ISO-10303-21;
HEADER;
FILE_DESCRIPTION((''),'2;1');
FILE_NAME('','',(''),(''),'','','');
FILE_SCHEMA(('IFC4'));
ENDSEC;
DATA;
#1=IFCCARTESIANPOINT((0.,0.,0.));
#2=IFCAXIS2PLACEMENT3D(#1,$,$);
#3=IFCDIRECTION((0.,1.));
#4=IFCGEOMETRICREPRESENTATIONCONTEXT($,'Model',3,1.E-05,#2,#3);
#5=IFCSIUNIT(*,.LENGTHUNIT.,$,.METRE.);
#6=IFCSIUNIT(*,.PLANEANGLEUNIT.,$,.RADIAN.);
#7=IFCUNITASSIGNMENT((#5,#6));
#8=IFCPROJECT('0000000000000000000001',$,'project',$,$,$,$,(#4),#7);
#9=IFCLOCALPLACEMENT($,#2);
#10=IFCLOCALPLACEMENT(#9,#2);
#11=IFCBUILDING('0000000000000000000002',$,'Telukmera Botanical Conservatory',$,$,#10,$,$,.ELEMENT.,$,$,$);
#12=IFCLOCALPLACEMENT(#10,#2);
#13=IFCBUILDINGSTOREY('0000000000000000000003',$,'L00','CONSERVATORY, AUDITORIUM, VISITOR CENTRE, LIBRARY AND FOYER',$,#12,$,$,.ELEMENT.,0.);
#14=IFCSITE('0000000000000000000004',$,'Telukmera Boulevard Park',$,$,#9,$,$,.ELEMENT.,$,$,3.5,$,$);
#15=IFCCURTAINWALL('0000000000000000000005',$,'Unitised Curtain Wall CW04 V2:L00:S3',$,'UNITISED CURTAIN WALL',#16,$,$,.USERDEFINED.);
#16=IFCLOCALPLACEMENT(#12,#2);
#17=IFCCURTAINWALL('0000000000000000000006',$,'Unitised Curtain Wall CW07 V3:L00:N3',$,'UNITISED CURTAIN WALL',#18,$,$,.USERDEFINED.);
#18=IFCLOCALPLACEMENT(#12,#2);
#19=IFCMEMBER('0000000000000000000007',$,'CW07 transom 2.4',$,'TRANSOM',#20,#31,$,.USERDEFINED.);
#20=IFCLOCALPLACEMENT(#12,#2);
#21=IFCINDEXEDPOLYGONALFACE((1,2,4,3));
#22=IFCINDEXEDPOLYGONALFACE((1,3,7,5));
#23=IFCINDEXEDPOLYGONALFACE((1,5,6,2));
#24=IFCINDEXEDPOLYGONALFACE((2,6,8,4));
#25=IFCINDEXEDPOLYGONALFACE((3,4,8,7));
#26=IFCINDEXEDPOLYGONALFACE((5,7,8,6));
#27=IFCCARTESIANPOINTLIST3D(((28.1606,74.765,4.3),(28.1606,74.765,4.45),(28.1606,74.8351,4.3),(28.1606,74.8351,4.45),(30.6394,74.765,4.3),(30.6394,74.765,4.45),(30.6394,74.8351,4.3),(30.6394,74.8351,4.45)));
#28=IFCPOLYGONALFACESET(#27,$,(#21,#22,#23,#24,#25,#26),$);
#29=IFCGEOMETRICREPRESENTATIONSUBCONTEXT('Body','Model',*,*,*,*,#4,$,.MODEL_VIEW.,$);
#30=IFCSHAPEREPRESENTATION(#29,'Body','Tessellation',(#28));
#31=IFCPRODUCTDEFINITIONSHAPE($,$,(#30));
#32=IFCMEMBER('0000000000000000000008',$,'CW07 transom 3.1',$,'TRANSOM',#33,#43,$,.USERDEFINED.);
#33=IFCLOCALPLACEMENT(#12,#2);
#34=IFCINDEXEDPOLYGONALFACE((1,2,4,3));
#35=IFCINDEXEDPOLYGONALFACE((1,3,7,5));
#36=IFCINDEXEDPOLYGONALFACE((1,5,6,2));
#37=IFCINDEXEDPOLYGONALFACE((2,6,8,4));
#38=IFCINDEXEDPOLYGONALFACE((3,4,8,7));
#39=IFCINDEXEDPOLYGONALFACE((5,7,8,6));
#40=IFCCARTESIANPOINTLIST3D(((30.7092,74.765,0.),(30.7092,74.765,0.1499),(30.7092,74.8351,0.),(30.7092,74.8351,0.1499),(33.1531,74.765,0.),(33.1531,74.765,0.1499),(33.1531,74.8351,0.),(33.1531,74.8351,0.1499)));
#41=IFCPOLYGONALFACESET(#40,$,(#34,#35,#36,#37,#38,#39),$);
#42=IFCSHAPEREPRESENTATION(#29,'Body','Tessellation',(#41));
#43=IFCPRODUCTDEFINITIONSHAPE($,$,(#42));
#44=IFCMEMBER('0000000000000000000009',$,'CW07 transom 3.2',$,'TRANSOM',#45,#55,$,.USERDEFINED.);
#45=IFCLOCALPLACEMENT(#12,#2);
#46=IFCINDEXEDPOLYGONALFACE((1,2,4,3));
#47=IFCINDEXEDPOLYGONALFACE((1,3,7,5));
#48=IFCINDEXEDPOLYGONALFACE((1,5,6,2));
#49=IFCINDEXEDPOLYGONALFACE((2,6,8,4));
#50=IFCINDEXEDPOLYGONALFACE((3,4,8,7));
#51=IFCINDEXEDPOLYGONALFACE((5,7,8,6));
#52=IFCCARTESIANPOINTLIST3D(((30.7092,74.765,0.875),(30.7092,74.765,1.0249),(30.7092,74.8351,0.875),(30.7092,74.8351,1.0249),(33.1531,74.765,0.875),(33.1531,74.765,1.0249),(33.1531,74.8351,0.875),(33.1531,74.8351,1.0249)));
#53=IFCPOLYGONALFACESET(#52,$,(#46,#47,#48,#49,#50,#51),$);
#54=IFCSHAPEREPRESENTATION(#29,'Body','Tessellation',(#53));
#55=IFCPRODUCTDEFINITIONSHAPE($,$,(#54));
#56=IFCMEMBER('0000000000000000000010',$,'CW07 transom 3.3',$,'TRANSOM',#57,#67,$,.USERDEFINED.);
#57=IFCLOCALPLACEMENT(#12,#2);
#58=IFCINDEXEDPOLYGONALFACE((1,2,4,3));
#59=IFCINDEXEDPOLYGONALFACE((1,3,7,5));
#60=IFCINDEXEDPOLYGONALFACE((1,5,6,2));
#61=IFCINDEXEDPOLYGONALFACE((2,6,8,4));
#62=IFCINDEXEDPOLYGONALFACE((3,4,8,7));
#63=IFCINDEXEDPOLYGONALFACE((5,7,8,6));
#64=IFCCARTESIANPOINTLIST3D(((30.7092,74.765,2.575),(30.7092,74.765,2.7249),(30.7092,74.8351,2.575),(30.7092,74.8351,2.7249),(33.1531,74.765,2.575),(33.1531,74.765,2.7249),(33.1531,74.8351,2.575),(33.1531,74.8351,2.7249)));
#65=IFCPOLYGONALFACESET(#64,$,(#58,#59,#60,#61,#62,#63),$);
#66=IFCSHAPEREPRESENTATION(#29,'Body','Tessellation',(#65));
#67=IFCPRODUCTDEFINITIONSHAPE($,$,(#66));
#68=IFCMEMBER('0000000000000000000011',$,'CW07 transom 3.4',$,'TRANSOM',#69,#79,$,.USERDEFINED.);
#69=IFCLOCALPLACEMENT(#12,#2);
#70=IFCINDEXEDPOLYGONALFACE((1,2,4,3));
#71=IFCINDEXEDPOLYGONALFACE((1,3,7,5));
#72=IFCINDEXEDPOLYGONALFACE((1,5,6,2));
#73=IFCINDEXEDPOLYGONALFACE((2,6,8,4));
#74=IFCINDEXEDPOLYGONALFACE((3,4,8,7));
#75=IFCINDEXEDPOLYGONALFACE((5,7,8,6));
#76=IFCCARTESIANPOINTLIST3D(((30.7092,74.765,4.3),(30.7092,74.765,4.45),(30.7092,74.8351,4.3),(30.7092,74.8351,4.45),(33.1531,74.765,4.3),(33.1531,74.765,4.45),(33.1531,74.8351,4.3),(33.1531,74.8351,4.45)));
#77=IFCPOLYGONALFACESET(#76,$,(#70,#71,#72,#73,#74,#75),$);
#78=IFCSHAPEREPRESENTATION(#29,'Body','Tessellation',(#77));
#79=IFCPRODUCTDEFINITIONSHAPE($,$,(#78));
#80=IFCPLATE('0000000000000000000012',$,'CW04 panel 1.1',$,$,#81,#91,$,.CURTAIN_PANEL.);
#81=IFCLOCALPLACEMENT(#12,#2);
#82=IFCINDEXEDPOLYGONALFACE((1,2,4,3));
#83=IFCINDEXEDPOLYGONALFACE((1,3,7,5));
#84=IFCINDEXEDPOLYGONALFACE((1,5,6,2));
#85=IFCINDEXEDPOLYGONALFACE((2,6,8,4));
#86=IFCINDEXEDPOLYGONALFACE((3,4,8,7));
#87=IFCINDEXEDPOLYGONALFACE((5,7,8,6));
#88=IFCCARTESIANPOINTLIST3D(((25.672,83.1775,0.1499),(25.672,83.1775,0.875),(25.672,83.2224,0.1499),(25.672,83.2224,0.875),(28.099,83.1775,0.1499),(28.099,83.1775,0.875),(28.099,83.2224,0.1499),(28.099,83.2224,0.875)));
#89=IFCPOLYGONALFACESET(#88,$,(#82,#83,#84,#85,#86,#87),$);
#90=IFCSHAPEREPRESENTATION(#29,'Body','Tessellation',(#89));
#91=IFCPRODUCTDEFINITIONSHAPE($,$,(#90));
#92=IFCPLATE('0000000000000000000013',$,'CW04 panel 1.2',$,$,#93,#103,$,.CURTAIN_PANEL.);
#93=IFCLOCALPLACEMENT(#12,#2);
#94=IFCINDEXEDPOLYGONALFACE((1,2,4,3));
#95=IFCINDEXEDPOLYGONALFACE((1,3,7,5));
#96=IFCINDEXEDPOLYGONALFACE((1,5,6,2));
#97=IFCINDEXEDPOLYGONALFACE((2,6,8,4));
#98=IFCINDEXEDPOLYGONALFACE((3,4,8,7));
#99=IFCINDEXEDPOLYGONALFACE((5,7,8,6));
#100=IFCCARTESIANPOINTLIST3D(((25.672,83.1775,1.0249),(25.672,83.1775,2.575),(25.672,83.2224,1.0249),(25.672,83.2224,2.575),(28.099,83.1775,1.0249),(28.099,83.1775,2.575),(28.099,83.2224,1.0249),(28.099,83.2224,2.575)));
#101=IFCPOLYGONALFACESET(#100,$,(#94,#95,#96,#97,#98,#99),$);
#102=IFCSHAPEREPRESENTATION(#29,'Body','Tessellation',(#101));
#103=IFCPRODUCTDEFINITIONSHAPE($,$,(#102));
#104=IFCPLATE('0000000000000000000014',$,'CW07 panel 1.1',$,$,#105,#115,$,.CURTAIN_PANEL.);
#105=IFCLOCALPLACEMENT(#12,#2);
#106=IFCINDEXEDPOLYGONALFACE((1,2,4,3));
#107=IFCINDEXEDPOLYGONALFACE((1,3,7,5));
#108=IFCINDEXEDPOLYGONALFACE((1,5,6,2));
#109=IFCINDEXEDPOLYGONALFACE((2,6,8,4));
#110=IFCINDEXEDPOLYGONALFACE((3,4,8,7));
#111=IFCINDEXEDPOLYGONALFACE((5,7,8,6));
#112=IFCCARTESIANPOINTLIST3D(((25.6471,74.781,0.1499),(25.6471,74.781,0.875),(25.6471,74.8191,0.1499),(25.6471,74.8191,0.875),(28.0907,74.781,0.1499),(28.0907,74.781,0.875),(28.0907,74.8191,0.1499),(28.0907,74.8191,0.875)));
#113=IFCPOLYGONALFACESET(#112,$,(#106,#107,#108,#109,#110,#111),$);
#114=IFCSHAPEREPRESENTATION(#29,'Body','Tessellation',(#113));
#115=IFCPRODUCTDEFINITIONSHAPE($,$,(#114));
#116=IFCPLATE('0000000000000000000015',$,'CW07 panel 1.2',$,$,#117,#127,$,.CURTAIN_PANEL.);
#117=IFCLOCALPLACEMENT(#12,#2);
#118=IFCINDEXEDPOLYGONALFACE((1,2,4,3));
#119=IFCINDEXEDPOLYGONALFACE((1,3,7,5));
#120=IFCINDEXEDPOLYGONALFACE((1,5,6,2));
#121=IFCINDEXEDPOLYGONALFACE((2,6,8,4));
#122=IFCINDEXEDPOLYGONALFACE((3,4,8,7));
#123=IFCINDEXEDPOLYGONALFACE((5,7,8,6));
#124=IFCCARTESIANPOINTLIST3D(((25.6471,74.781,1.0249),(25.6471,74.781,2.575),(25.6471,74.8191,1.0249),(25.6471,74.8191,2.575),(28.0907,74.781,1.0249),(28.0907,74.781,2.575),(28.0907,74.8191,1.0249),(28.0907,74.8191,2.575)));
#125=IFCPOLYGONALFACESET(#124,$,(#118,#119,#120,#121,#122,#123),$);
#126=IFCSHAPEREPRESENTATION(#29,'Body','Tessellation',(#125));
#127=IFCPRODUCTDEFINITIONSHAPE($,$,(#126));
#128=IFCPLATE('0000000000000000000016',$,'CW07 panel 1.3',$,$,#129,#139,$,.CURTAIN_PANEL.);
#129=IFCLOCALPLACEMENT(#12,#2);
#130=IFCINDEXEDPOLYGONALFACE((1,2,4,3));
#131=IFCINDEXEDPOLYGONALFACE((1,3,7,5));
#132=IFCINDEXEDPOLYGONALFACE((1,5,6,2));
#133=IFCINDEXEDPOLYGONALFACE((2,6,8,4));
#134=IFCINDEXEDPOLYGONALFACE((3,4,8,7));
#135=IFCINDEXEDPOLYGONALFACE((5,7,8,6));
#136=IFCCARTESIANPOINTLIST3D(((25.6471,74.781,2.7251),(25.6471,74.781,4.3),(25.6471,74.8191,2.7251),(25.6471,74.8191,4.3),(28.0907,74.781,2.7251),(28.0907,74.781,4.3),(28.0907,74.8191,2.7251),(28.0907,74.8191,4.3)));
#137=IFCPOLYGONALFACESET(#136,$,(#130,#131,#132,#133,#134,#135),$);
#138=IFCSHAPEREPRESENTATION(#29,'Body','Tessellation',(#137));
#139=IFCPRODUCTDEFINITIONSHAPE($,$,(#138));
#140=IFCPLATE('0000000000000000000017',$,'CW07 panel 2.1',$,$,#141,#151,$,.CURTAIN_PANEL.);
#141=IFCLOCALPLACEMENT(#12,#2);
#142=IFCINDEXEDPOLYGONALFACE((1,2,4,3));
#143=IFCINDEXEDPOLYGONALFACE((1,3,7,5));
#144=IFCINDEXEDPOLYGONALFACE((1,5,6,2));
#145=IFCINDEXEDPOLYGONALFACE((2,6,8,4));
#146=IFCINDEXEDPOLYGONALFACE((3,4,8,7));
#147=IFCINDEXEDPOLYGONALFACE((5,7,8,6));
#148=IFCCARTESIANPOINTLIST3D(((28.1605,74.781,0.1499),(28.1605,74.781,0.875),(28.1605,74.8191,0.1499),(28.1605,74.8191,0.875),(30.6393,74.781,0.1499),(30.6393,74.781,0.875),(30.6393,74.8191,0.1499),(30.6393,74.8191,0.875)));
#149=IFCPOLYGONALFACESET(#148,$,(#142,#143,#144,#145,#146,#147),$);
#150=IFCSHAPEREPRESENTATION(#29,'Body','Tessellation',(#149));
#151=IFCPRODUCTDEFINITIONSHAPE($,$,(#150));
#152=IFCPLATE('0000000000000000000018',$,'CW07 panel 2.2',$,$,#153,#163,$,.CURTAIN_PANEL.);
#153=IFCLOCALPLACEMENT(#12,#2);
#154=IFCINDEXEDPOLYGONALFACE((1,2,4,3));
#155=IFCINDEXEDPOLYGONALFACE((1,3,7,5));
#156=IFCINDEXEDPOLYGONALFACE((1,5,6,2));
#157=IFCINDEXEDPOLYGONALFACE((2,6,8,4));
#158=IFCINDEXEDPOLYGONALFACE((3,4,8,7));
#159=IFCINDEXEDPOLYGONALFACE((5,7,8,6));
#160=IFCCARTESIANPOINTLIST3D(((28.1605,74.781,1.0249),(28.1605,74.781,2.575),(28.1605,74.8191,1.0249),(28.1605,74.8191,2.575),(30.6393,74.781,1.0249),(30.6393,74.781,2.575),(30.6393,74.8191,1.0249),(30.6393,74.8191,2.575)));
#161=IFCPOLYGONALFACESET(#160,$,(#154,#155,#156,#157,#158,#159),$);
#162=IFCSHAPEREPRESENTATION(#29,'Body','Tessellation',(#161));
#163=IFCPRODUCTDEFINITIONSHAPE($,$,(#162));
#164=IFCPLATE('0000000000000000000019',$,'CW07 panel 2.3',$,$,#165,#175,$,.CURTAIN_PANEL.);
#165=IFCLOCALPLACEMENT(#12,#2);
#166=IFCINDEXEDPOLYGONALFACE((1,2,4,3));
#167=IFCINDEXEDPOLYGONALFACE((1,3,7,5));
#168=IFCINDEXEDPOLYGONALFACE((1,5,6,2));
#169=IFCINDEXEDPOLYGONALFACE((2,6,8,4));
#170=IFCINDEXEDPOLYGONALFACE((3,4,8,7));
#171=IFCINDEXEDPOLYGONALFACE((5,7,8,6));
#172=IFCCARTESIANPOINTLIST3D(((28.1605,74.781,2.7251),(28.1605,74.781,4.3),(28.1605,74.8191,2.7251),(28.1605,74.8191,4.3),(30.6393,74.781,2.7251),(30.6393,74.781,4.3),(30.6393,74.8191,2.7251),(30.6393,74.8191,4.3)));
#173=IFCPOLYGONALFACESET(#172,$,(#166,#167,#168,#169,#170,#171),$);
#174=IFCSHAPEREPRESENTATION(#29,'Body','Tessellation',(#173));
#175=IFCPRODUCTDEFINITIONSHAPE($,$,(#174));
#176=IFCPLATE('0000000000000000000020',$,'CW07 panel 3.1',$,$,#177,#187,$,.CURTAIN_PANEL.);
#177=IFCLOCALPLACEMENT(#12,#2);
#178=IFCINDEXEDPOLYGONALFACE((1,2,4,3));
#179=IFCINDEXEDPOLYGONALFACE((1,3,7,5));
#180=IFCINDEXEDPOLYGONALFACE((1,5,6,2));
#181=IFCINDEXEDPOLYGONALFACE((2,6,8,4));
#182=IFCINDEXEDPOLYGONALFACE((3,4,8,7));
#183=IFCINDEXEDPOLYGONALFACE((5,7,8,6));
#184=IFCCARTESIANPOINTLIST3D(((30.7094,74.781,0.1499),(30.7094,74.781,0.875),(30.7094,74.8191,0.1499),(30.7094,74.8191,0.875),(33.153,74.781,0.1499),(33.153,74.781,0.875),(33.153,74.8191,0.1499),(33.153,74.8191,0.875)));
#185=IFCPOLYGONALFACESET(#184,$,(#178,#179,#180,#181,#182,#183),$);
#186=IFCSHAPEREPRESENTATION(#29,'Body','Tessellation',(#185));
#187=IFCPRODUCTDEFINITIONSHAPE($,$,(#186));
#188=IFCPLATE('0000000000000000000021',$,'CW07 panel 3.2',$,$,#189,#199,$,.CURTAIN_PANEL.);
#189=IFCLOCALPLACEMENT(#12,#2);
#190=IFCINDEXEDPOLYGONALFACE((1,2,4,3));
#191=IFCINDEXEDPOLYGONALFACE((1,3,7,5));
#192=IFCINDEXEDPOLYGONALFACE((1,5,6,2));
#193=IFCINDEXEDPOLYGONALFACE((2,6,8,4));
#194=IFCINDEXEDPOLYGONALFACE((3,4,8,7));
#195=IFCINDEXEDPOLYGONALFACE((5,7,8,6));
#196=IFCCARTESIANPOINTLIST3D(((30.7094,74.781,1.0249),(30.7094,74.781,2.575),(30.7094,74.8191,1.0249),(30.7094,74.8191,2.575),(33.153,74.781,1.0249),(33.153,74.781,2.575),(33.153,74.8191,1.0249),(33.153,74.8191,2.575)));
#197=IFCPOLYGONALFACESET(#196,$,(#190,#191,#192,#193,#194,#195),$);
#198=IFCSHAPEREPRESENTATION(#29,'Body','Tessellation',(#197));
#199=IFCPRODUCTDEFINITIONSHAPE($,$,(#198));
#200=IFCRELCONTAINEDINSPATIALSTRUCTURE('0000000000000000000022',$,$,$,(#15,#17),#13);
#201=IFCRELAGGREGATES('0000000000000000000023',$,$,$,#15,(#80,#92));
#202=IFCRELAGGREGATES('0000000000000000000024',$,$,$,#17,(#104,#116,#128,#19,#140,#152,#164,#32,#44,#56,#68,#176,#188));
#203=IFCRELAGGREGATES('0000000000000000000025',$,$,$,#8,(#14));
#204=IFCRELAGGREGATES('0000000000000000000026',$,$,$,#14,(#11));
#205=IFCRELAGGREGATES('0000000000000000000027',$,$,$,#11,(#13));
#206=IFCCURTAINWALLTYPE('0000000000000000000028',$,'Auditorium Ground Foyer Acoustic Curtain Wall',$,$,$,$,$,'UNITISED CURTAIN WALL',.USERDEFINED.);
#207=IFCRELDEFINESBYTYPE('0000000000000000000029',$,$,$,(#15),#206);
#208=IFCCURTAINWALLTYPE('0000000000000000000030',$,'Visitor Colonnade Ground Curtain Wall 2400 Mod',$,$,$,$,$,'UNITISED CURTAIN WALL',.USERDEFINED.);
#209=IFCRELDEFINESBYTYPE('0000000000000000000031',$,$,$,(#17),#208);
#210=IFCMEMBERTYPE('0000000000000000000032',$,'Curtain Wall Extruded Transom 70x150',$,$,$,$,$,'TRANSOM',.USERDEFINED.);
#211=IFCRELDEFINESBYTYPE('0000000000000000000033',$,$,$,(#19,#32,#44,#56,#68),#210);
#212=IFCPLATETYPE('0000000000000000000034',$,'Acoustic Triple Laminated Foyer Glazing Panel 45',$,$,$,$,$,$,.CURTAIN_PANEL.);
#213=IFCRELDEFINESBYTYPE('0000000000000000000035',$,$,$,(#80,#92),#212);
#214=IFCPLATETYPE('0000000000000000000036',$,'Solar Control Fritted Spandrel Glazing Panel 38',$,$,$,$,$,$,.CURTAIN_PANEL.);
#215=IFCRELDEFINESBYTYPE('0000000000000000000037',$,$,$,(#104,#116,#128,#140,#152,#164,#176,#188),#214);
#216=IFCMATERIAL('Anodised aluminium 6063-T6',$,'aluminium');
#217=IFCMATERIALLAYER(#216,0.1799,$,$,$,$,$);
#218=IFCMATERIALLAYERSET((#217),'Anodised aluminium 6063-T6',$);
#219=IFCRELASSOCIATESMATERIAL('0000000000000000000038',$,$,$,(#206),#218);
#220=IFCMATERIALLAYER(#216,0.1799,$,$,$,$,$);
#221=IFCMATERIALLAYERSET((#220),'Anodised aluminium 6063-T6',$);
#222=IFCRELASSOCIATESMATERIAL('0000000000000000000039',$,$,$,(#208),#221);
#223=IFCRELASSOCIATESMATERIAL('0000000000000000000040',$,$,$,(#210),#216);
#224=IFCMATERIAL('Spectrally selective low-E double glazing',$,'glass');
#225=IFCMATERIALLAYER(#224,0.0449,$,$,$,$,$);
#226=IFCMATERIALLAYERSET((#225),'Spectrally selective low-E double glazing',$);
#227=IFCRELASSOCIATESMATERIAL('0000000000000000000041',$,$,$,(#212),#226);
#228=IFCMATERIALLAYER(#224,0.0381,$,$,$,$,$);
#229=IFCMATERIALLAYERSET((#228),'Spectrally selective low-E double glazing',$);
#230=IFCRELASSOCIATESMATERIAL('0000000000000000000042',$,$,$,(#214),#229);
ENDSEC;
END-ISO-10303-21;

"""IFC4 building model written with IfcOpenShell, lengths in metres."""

from ifc_helpers import new_model, si_unit, direction, frame, origin, origin_2d, place, context, subcontext, project, spatial, rectangle, extrude, material, layer, layer_set, material_profile, profile_set, type_object, element, aggregate, save


model = new_model("IFC4")

# Units and contexts
model_context = context("Model", 3, precision=1e-05, world=origin(), true_north=direction((0.0, 1.0)))
body_context = subcontext(model_context, "Body", "Model", "MODEL_VIEW")
ifc_project = project(units=[si_unit("LENGTHUNIT", "METRE"), si_unit("PLANEANGLEUNIT", "RADIAN")], contexts=[model_context])

# Site, building, storey
site_placement = place(None, origin())
site = spatial("IfcSite", under=ifc_project, at=site_placement, Name="Telukmera Boulevard Park", CompositionType="ELEMENT", RefElevation=3.5)
building_placement = place(site_placement, origin())
building = spatial("IfcBuilding", under=site, at=building_placement, Name="Telukmera Botanical Conservatory", CompositionType="ELEMENT")
storey_placement = place(building_placement, origin())
storey = spatial("IfcBuildingStorey", under=building, at=storey_placement, Name="L00", Description="CONSERVATORY, AUDITORIUM, VISITOR CENTRE, LIBRARY AND FOYER", CompositionType="ELEMENT", Elevation=0.0)

# Curtain wall
ifc_material_1 = material(Name="Anodised aluminium 6063-T6", Category="aluminium")
ifc_layer_1 = layer(ifc_material_1, 0.1799)
ifc_layer_set_1 = layer_set([ifc_layer_1], Name="Anodised aluminium 6063-T6")
curtain_wall_type_1 = type_object("IfcCurtainWallType", Name="Auditorium Ground Foyer Acoustic Curtain Wall", ElementType="UNITISED CURTAIN WALL", PredefinedType="USERDEFINED", material=ifc_layer_set_1)
curtain_wall_1_placement = place(storey_placement, origin())
curtain_wall_1 = element("IfcCurtainWall", 1, at=curtain_wall_1_placement, inside=storey, type_object=curtain_wall_type_1, Name="Unitised Curtain Wall CW04 V2:L00:S3", ObjectType="UNITISED CURTAIN WALL", PredefinedType="USERDEFINED")

# Curtain wall
ifc_layer_2 = layer(ifc_material_1, 0.1799)
ifc_layer_set_2 = layer_set([ifc_layer_2], Name="Anodised aluminium 6063-T6")
curtain_wall_type_2 = type_object("IfcCurtainWallType", Name="Visitor Colonnade Ground Curtain Wall 2400 Mod", ElementType="UNITISED CURTAIN WALL", PredefinedType="USERDEFINED", material=ifc_layer_set_2)
curtain_wall_2_placement = place(storey_placement, origin())
curtain_wall_2 = element("IfcCurtainWall", 2, at=curtain_wall_2_placement, inside=storey, type_object=curtain_wall_type_2, Name="Unitised Curtain Wall CW07 V3:L00:N3", ObjectType="UNITISED CURTAIN WALL", PredefinedType="USERDEFINED")

# Members
ifc_material_profile_1 = material_profile(ifc_material_1, rectangle(XDim=0.0701, YDim=0.1499, at=origin_2d()), Name="ALU TRAN 70x150")
ifc_profile_set_1 = profile_set([ifc_material_profile_1], Name="Anodised aluminium 6063-T6")
member_type_1 = type_object("IfcMemberType", Name="Curtain Wall Extruded Transom 70x150", ElementType="TRANSOM", PredefinedType="USERDEFINED", material=ifc_profile_set_1)
member_1_placement = place(storey_placement, frame((28.1606, 74.8, 4.375), z_axis=(1.0, 0.0, 0.0), x_axis=(0.0, 1.0, 0.0)))
member_1 = element("IfcMember", 3, at=member_1_placement, type_object=member_type_1, Name="CW07 transom 2.4", ObjectType="TRANSOM", PredefinedType="USERDEFINED", context=body_context, shape_type="SweptSolid", body=[
    extrude(rectangle(XDim=0.0701, YDim=0.1499, at=origin_2d()), origin(), (0.0, 0.0, 1.0), 2.4788),
])
member_2_placement = place(storey_placement, frame((30.7092, 74.8, 0.075), z_axis=(1.0, 0.0, 0.0), x_axis=(0.0, 1.0, 0.0)))
member_2 = element("IfcMember", 4, at=member_2_placement, type_object=member_type_1, Name="CW07 transom 3.1", ObjectType="TRANSOM", PredefinedType="USERDEFINED", context=body_context, shape_type="SweptSolid", body=[
    extrude(rectangle(XDim=0.0701, YDim=0.1499, at=origin_2d()), origin(), (0.0, 0.0, 1.0), 2.4438),
])
member_3_placement = place(storey_placement, frame((30.7092, 74.8, 0.95), z_axis=(1.0, 0.0, 0.0), x_axis=(0.0, 1.0, 0.0)))
member_3 = element("IfcMember", 5, at=member_3_placement, type_object=member_type_1, Name="CW07 transom 3.2", ObjectType="TRANSOM", PredefinedType="USERDEFINED", context=body_context, shape_type="SweptSolid", body=[
    extrude(rectangle(XDim=0.0701, YDim=0.1499, at=origin_2d()), origin(), (0.0, 0.0, 1.0), 2.4438),
])
member_4_placement = place(storey_placement, frame((30.7092, 74.8, 2.6499), z_axis=(1.0, 0.0, 0.0), x_axis=(0.0, 1.0, 0.0)))
member_4 = element("IfcMember", 6, at=member_4_placement, type_object=member_type_1, Name="CW07 transom 3.3", ObjectType="TRANSOM", PredefinedType="USERDEFINED", context=body_context, shape_type="SweptSolid", body=[
    extrude(rectangle(XDim=0.0701, YDim=0.1499, at=origin_2d()), origin(), (0.0, 0.0, 1.0), 2.4438),
])
member_5_placement = place(storey_placement, frame((30.7092, 74.8, 4.375), z_axis=(1.0, 0.0, 0.0), x_axis=(0.0, 1.0, 0.0)))
member_5 = element("IfcMember", 7, at=member_5_placement, type_object=member_type_1, Name="CW07 transom 3.4", ObjectType="TRANSOM", PredefinedType="USERDEFINED", context=body_context, shape_type="SweptSolid", body=[
    extrude(rectangle(XDim=0.0701, YDim=0.1499, at=origin_2d()), origin(), (0.0, 0.0, 1.0), 2.4438),
])

# Plates
ifc_material_2 = material(Name="Spectrally selective low-E double glazing", Category="glass")
ifc_layer_3 = layer(ifc_material_2, 0.0449)
ifc_layer_set_3 = layer_set([ifc_layer_3], Name="Spectrally selective low-E double glazing")
plate_type_1 = type_object("IfcPlateType", Name="Acoustic Triple Laminated Foyer Glazing Panel 45", PredefinedType="CURTAIN_PANEL", material=ifc_layer_set_3)
plate_1_placement = place(storey_placement, frame((26.8855, 83.2, 0.1499), z_axis=(0.0, 0.0, 1.0), x_axis=(1.0, 0.0, 0.0)))
plate_1 = element("IfcPlate", 8, at=plate_1_placement, type_object=plate_type_1, Name="CW04 panel 1.1", PredefinedType="CURTAIN_PANEL", context=body_context, shape_type="SweptSolid", body=[
    extrude(rectangle(XDim=2.427, YDim=0.0449, at=origin_2d()), origin(), (0.0, 0.0, 1.0), 0.7251),
])
plate_2_placement = place(storey_placement, frame((26.8855, 83.2, 1.0249), z_axis=(0.0, 0.0, 1.0), x_axis=(1.0, 0.0, 0.0)))
plate_2 = element("IfcPlate", 9, at=plate_2_placement, type_object=plate_type_1, Name="CW04 panel 1.2", PredefinedType="CURTAIN_PANEL", context=body_context, shape_type="SweptSolid", body=[
    extrude(rectangle(XDim=2.427, YDim=0.0449, at=origin_2d()), origin(), (0.0, 0.0, 1.0), 1.55),
])
aggregate(curtain_wall_1, [plate_1, plate_2])
ifc_layer_4 = layer(ifc_material_2, 0.0381)
ifc_layer_set_4 = layer_set([ifc_layer_4], Name="Spectrally selective low-E double glazing")
plate_type_2 = type_object("IfcPlateType", Name="Solar Control Fritted Spandrel Glazing Panel 38", PredefinedType="CURTAIN_PANEL", material=ifc_layer_set_4)
plate_3_placement = place(storey_placement, frame((26.8689, 74.8, 0.1499), z_axis=(0.0, 0.0, 1.0), x_axis=(1.0, 0.0, 0.0)))
plate_3 = element("IfcPlate", 10, at=plate_3_placement, type_object=plate_type_2, Name="CW07 panel 1.1", PredefinedType="CURTAIN_PANEL", context=body_context, shape_type="SweptSolid", body=[
    extrude(rectangle(XDim=2.4436, YDim=0.0381, at=origin_2d()), origin(), (0.0, 0.0, 1.0), 0.7251),
])
plate_4_placement = place(storey_placement, frame((26.8689, 74.8, 1.0249), z_axis=(0.0, 0.0, 1.0), x_axis=(1.0, 0.0, 0.0)))
plate_4 = element("IfcPlate", 11, at=plate_4_placement, type_object=plate_type_2, Name="CW07 panel 1.2", PredefinedType="CURTAIN_PANEL", context=body_context, shape_type="SweptSolid", body=[
    extrude(rectangle(XDim=2.4436, YDim=0.0381, at=origin_2d()), origin(), (0.0, 0.0, 1.0), 1.55),
])
plate_5_placement = place(storey_placement, frame((26.8689, 74.8, 2.7251), z_axis=(0.0, 0.0, 1.0), x_axis=(1.0, 0.0, 0.0)))
plate_5 = element("IfcPlate", 12, at=plate_5_placement, type_object=plate_type_2, Name="CW07 panel 1.3", PredefinedType="CURTAIN_PANEL", context=body_context, shape_type="SweptSolid", body=[
    extrude(rectangle(XDim=2.4436, YDim=0.0381, at=origin_2d()), origin(), (0.0, 0.0, 1.0), 1.575),
])
plate_6_placement = place(storey_placement, frame((29.3999, 74.8, 0.1499), z_axis=(0.0, 0.0, 1.0), x_axis=(1.0, 0.0, 0.0)))
plate_6 = element("IfcPlate", 13, at=plate_6_placement, type_object=plate_type_2, Name="CW07 panel 2.1", PredefinedType="CURTAIN_PANEL", context=body_context, shape_type="SweptSolid", body=[
    extrude(rectangle(XDim=2.4788, YDim=0.0381, at=origin_2d()), origin(), (0.0, 0.0, 1.0), 0.7251),
])
plate_7_placement = place(storey_placement, frame((29.3999, 74.8, 1.0249), z_axis=(0.0, 0.0, 1.0), x_axis=(1.0, 0.0, 0.0)))
plate_7 = element("IfcPlate", 14, at=plate_7_placement, type_object=plate_type_2, Name="CW07 panel 2.2", PredefinedType="CURTAIN_PANEL", context=body_context, shape_type="SweptSolid", body=[
    extrude(rectangle(XDim=2.4788, YDim=0.0381, at=origin_2d()), origin(), (0.0, 0.0, 1.0), 1.55),
])
plate_8_placement = place(storey_placement, frame((29.3999, 74.8, 2.7251), z_axis=(0.0, 0.0, 1.0), x_axis=(1.0, 0.0, 0.0)))
plate_8 = element("IfcPlate", 15, at=plate_8_placement, type_object=plate_type_2, Name="CW07 panel 2.3", PredefinedType="CURTAIN_PANEL", context=body_context, shape_type="SweptSolid", body=[
    extrude(rectangle(XDim=2.4788, YDim=0.0381, at=origin_2d()), origin(), (0.0, 0.0, 1.0), 1.575),
])
plate_9_placement = place(storey_placement, frame((31.9312, 74.8, 0.1499), z_axis=(0.0, 0.0, 1.0), x_axis=(1.0, 0.0, 0.0)))
plate_9 = element("IfcPlate", 16, at=plate_9_placement, type_object=plate_type_2, Name="CW07 panel 3.1", PredefinedType="CURTAIN_PANEL", context=body_context, shape_type="SweptSolid", body=[
    extrude(rectangle(XDim=2.4436, YDim=0.0381, at=origin_2d()), origin(), (0.0, 0.0, 1.0), 0.7251),
])
plate_10_placement = place(storey_placement, frame((31.9312, 74.8, 1.0249), z_axis=(0.0, 0.0, 1.0), x_axis=(1.0, 0.0, 0.0)))
plate_10 = element("IfcPlate", 17, at=plate_10_placement, type_object=plate_type_2, Name="CW07 panel 3.2", PredefinedType="CURTAIN_PANEL", context=body_context, shape_type="SweptSolid", body=[
    extrude(rectangle(XDim=2.4436, YDim=0.0381, at=origin_2d()), origin(), (0.0, 0.0, 1.0), 1.55),
])
aggregate(curtain_wall_2, [plate_3, plate_4, plate_5, member_1, plate_6, plate_7, plate_8, member_2, member_3, member_4, member_5, plate_9, plate_10])

save(model, "model.ifc")
